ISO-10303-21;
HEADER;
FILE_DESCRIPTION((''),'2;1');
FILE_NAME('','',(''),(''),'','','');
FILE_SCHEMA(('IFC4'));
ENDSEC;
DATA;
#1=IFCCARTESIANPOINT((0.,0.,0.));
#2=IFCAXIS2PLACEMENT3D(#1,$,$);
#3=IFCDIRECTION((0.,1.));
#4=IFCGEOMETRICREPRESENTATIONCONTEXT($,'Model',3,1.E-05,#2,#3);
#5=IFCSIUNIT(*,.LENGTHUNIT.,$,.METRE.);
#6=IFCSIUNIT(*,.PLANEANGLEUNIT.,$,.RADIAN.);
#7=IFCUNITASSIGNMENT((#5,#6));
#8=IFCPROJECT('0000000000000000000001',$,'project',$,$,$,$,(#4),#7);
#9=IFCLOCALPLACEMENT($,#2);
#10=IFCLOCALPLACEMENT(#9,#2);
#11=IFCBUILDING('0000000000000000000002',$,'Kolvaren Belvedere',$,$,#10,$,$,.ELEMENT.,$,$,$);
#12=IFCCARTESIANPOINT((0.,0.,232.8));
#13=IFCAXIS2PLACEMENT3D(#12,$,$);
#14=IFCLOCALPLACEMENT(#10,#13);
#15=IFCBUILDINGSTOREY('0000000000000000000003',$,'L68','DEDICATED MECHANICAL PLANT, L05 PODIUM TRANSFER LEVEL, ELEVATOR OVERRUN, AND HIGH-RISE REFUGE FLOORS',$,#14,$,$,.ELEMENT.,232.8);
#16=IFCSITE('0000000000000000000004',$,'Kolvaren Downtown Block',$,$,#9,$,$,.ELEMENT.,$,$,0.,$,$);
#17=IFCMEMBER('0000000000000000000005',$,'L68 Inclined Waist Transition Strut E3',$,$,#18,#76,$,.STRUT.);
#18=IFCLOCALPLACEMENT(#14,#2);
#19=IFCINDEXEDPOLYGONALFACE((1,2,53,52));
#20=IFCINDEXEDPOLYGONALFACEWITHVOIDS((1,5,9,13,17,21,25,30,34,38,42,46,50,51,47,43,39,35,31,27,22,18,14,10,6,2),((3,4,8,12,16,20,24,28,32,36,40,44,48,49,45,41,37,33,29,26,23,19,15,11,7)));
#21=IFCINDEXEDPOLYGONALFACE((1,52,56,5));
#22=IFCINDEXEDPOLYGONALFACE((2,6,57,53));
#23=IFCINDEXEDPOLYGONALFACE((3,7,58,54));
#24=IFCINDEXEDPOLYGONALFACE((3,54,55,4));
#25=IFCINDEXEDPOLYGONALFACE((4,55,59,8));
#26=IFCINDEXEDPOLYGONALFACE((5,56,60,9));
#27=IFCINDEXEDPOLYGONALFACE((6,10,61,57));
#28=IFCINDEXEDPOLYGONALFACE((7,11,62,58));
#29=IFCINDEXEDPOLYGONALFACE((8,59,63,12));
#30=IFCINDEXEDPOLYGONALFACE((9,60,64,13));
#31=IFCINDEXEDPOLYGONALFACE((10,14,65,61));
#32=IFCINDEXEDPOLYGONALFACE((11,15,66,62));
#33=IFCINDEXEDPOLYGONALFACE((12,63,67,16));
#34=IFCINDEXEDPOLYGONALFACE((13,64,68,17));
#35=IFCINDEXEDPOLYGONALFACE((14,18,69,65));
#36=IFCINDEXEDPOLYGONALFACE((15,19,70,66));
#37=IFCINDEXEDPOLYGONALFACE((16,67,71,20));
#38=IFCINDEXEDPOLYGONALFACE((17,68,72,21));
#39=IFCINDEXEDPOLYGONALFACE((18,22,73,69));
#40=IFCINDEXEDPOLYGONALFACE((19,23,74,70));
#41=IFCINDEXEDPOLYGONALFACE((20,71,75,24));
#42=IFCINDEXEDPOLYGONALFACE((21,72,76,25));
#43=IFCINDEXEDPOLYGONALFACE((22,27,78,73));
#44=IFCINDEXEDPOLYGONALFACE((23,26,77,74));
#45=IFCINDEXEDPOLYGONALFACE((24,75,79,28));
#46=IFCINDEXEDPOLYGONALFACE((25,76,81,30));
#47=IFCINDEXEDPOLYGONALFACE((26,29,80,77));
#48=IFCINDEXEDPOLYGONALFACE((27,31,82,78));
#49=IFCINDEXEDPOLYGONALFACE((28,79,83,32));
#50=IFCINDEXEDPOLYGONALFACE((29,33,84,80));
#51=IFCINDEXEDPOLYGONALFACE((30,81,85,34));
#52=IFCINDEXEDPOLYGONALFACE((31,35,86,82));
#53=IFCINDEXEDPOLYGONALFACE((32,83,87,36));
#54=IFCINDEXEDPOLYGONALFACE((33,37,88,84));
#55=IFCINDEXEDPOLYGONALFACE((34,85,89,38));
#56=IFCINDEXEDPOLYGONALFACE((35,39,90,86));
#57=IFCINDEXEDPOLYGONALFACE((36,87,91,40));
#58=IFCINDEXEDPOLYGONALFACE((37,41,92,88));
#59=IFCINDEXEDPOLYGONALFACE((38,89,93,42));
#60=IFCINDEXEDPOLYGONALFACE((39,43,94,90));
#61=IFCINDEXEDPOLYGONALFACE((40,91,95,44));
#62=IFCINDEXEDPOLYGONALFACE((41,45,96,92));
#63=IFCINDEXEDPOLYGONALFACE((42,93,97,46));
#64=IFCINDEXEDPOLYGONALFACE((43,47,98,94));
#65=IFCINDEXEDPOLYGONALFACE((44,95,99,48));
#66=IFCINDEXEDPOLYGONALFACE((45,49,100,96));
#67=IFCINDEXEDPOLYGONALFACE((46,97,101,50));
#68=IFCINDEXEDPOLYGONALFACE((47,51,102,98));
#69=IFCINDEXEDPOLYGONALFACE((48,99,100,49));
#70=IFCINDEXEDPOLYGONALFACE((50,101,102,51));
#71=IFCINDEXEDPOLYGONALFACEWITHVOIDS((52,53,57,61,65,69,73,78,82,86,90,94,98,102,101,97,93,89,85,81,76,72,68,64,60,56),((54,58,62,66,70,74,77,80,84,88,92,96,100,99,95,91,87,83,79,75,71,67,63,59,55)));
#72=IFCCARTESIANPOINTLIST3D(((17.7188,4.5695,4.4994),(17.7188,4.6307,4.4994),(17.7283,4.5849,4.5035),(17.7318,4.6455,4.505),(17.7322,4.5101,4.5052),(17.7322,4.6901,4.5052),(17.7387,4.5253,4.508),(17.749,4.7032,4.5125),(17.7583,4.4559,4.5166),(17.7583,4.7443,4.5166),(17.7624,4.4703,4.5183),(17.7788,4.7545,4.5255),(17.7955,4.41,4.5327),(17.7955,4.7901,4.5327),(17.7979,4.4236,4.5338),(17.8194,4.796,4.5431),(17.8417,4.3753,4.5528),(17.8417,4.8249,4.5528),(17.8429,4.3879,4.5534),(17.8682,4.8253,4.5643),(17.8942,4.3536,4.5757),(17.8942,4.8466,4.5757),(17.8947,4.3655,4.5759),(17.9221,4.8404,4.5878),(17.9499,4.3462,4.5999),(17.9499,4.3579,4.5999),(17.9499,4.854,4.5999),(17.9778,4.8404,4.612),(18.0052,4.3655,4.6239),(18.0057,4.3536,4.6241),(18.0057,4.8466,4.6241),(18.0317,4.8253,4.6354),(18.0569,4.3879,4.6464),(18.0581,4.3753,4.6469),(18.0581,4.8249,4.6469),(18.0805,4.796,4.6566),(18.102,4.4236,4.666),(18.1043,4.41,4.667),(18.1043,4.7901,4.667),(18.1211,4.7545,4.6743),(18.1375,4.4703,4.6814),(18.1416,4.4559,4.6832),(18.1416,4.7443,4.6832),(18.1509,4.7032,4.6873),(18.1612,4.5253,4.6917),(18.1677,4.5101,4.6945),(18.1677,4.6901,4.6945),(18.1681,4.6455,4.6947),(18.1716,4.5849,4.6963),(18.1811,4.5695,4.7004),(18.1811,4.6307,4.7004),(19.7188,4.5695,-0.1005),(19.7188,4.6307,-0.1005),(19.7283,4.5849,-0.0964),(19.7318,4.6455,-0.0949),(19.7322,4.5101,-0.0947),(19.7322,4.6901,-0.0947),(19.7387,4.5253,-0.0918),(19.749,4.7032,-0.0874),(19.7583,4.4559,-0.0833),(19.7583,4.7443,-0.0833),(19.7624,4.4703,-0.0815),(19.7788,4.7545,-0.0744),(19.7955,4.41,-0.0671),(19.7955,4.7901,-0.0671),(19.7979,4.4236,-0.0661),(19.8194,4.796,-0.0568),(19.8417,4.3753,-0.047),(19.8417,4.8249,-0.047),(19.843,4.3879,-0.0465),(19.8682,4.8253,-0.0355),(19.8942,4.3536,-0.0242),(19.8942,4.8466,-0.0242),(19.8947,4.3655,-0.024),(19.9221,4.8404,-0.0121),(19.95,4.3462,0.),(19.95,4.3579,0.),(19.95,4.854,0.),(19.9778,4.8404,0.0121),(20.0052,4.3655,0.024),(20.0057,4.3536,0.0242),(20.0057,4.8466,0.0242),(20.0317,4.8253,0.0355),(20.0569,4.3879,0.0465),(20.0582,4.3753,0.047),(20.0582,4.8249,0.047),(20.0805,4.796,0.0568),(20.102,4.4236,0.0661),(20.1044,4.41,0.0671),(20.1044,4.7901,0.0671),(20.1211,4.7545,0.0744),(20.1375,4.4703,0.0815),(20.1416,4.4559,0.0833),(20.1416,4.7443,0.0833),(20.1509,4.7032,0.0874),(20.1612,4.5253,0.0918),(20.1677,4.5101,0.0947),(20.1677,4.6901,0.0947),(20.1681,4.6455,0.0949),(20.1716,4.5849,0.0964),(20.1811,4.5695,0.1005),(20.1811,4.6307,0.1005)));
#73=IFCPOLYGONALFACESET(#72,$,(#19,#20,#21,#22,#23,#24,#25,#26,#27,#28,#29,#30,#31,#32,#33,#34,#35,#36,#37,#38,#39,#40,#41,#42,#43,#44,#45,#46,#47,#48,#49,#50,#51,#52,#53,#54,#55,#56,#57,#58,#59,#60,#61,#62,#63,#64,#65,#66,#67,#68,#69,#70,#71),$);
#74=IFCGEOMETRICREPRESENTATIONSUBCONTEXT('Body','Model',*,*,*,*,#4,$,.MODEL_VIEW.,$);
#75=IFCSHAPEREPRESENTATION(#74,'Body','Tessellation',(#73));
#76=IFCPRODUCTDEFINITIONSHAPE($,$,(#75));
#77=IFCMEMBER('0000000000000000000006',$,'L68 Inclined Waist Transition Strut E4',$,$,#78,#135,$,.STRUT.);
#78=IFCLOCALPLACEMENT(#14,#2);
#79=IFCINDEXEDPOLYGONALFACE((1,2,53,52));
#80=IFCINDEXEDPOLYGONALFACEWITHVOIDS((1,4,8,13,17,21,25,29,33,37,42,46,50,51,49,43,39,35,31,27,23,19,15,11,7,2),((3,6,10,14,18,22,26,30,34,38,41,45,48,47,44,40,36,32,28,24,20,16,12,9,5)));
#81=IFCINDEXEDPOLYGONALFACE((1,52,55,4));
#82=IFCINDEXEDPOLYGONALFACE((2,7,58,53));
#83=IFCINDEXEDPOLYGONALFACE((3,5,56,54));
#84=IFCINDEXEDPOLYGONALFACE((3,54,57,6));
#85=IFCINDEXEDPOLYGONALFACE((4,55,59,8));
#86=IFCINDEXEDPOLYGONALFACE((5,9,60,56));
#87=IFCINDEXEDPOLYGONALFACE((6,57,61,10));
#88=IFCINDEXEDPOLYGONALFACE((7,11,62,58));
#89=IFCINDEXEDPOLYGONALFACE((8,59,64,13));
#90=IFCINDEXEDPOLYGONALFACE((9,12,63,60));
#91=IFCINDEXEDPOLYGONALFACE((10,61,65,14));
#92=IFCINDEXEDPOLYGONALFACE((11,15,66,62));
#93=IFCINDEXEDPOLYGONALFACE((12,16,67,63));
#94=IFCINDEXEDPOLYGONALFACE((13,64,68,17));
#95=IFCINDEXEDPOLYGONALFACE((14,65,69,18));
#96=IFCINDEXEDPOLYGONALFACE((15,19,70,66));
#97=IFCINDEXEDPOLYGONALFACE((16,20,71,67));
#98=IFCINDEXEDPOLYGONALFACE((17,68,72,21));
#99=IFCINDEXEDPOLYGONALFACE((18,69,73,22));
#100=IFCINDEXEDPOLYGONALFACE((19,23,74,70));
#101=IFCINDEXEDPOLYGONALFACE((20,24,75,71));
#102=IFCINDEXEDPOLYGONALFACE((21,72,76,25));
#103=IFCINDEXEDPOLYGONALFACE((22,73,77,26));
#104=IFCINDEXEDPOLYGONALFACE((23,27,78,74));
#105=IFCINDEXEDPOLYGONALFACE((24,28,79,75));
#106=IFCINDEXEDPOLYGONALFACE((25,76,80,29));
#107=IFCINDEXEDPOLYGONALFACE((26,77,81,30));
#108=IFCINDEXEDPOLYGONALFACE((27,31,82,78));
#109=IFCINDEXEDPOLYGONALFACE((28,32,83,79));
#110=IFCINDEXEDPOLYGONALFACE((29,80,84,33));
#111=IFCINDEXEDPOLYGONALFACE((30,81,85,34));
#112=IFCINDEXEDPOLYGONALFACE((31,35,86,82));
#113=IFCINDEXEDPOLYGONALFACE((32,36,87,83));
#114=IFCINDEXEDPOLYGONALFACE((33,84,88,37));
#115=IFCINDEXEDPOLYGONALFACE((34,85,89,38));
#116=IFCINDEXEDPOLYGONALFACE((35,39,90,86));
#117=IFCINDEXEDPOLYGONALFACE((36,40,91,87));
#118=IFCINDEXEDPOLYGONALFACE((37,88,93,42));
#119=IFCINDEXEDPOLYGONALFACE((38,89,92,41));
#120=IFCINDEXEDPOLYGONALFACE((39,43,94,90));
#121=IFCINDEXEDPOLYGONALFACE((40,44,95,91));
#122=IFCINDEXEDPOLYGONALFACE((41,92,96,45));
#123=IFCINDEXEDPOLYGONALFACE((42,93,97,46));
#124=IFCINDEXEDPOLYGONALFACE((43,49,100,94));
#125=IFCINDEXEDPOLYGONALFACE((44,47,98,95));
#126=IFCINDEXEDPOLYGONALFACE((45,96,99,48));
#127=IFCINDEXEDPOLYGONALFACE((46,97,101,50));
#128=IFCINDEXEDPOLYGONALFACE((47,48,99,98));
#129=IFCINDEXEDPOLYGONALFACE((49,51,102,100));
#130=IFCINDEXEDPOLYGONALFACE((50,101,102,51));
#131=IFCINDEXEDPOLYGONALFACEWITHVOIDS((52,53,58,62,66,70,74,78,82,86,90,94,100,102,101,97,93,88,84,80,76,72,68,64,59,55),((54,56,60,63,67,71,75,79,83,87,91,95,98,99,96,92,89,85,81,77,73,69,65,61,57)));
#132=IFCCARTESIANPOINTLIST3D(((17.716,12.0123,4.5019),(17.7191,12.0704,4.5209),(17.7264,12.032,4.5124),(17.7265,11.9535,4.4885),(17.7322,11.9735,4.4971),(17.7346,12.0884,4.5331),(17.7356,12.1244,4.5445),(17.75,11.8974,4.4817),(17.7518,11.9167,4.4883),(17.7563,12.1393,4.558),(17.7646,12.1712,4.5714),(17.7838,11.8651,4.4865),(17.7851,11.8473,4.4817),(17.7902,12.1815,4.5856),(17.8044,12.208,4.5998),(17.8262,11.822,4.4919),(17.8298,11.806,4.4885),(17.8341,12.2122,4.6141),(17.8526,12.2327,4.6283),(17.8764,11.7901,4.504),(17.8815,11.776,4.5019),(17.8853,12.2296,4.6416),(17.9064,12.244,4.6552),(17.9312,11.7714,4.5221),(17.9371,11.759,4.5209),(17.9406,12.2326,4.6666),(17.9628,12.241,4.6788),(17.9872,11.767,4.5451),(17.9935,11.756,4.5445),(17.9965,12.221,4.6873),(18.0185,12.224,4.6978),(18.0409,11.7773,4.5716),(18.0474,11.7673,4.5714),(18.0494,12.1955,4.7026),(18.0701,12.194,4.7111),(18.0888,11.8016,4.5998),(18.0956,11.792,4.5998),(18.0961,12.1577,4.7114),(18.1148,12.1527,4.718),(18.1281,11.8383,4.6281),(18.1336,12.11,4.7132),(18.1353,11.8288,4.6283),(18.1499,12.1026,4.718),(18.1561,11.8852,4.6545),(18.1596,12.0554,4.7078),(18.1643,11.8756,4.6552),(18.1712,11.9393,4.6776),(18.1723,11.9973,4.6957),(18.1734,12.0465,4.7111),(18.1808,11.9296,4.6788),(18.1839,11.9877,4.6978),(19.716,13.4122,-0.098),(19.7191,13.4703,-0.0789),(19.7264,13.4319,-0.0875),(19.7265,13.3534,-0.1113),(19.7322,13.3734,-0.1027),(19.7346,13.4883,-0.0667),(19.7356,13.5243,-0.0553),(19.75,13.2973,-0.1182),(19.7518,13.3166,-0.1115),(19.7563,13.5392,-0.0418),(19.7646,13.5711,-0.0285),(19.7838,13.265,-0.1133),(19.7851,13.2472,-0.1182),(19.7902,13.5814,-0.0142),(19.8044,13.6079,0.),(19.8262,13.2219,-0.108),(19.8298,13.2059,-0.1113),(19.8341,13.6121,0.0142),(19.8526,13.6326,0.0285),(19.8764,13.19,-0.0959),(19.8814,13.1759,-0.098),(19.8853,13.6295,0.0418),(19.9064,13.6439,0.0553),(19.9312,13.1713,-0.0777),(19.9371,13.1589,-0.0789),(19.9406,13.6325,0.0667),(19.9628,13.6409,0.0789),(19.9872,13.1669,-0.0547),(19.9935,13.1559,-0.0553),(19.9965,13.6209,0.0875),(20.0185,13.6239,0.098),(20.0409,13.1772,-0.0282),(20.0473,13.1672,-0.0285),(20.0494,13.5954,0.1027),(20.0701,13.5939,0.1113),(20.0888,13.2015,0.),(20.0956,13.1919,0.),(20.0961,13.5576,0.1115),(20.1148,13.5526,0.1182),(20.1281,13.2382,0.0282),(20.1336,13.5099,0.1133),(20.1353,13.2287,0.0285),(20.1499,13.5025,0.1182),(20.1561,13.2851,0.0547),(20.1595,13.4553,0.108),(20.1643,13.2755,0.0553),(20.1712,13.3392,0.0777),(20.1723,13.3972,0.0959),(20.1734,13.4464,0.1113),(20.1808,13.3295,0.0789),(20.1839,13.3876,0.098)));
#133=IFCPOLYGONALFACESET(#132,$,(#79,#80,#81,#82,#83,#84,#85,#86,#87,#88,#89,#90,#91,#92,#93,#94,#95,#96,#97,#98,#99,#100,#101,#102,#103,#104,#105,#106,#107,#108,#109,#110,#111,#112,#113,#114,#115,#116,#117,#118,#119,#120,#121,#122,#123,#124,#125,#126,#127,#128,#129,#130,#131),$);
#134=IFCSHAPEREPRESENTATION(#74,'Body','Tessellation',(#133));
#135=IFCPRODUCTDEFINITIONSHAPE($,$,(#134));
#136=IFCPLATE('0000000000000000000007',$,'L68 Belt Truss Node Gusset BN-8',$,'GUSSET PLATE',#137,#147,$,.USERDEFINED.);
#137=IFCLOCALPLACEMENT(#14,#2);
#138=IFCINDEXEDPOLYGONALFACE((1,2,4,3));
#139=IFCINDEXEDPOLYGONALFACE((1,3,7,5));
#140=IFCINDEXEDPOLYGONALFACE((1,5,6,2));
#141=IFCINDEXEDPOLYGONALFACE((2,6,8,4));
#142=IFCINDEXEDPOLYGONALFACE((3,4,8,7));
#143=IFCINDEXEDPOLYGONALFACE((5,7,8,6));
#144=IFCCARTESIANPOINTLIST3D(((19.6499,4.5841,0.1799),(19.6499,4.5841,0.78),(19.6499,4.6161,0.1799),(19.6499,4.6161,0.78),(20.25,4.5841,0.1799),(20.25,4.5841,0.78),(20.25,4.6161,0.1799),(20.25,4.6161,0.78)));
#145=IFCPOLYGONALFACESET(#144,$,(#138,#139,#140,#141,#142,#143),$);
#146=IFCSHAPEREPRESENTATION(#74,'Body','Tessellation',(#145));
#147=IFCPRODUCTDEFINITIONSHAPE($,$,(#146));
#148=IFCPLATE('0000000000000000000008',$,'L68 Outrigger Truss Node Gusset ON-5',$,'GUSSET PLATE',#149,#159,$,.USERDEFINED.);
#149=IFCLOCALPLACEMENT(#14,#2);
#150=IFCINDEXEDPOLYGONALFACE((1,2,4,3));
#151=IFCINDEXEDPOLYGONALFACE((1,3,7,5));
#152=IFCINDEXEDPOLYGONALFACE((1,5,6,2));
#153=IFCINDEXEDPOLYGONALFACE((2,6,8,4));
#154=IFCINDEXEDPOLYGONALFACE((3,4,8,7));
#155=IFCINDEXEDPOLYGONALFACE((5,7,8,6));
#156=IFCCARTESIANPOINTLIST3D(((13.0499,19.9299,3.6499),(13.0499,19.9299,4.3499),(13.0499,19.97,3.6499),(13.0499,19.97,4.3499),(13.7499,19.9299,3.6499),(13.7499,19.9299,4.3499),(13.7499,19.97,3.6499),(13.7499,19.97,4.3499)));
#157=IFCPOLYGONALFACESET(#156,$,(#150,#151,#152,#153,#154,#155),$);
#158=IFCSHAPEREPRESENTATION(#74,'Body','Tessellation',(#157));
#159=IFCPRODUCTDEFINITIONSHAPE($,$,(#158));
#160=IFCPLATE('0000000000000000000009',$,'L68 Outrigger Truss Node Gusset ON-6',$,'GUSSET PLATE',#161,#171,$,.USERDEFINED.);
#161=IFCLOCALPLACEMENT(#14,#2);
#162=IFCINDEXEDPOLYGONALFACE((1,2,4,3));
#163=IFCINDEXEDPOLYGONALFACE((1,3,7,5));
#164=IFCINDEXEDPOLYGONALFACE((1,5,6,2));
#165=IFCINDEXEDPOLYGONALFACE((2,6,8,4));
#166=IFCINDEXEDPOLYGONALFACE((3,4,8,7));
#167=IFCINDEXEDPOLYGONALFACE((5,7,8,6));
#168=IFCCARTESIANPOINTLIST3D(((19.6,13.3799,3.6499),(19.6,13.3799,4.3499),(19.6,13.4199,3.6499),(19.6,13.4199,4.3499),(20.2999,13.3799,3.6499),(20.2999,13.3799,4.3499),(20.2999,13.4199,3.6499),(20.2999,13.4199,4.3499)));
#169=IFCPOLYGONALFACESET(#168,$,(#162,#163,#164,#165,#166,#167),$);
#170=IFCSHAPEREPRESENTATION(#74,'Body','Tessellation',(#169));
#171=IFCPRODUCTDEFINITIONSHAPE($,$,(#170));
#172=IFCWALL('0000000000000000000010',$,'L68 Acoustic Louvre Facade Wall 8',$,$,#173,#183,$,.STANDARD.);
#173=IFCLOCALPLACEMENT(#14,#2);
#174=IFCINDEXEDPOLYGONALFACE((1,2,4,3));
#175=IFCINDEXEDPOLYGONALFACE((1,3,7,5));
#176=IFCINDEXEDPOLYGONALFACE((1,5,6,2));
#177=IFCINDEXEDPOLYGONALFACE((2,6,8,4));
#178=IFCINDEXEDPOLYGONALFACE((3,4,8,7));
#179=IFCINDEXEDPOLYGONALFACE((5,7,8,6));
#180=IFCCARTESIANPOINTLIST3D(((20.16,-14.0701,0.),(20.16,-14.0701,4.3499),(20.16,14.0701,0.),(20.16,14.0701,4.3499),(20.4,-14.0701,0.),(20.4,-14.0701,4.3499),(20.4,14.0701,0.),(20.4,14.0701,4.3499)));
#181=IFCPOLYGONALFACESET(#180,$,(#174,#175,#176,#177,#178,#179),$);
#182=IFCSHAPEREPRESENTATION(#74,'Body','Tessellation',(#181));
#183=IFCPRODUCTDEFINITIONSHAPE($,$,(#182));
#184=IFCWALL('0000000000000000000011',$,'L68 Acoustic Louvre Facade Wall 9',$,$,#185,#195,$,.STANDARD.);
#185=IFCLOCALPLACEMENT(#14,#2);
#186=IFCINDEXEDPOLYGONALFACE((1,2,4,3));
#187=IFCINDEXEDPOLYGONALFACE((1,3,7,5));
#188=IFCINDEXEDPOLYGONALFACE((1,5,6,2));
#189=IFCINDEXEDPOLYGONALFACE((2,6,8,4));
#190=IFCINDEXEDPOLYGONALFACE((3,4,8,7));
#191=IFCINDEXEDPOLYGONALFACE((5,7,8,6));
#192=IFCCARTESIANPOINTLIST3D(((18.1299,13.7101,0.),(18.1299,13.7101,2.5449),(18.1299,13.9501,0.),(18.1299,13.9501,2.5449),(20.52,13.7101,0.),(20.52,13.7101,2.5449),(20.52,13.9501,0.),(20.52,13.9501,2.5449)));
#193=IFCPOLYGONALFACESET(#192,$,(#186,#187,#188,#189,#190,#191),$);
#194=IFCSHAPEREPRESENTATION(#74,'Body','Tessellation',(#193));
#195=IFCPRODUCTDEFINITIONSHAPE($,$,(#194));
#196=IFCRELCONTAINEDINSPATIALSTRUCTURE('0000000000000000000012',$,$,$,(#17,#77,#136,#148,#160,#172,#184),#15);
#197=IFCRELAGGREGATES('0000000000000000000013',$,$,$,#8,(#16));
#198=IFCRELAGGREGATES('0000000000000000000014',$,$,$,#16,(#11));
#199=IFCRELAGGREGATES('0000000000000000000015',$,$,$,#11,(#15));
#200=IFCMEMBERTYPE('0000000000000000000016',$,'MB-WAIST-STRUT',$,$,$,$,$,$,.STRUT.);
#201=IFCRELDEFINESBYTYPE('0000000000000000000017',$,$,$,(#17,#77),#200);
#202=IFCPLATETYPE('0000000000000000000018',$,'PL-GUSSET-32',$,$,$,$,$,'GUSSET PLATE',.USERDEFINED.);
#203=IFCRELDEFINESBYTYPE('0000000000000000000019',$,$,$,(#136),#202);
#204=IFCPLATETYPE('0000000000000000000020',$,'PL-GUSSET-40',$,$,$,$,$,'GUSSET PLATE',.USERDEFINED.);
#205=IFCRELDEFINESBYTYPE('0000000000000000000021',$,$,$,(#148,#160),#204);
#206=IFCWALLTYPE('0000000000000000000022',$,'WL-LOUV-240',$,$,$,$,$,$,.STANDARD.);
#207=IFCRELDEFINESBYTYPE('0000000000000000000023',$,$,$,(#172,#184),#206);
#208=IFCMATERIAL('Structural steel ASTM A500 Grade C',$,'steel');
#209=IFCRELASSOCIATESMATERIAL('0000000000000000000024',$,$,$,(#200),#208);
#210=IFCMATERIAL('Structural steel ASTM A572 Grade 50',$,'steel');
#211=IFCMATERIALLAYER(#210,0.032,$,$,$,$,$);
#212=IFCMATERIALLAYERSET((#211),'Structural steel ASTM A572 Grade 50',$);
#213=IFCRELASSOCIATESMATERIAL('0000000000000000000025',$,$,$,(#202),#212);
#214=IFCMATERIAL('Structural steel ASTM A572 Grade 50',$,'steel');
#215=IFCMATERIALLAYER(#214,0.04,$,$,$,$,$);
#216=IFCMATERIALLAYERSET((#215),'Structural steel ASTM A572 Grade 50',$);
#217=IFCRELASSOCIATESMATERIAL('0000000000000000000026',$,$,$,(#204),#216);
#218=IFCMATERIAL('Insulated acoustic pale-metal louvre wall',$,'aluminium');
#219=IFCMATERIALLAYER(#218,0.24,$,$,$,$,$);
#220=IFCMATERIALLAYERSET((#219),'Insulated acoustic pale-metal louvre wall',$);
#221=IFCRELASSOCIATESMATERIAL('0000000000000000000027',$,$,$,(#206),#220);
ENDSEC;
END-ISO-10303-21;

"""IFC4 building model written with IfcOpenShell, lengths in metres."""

from ifc_helpers import new_model, si_unit, direction, frame, frame_2d, origin, origin_2d, place, context, subcontext, project, spatial, rectangle, hollow_circle, extrude, material, layer, layer_set, material_profile, profile_set, type_object, element, save


model = new_model("IFC4")

# Units and contexts
model_context = context("Model", 3, precision=1e-05, world=origin(), true_north=direction((0.0, 1.0)))
body_context = subcontext(model_context, "Body", "Model", "MODEL_VIEW")
ifc_project = project(units=[si_unit("LENGTHUNIT", "METRE"), si_unit("PLANEANGLEUNIT", "RADIAN")], contexts=[model_context])

# Site, building, storey
site_placement = place(None, origin())
site = spatial("IfcSite", under=ifc_project, at=site_placement, Name="Kolvaren Downtown Block", CompositionType="ELEMENT", RefElevation=0.0)
building_placement = place(site_placement, origin())
building = spatial("IfcBuilding", under=site, at=building_placement, Name="Kolvaren Belvedere", CompositionType="ELEMENT")
storey_placement = place(building_placement, frame((0.0, 0.0, 232.8)))
storey = spatial("IfcBuildingStorey", under=building, at=storey_placement, Name="L68", Description="DEDICATED MECHANICAL PLANT, L05 PODIUM TRANSFER LEVEL, ELEVATOR OVERRUN, AND HIGH-RISE REFUGE FLOORS", CompositionType="ELEMENT", Elevation=232.8)

# Members
ifc_material_1 = material(Name="Structural steel ASTM A500 Grade C", Category="steel")
ifc_material_profile_1 = material_profile(ifc_material_1, hollow_circle(Radius=0.2539, WallThickness=0.0117, at=origin_2d()), Name="HSS20.000X0.500")
ifc_profile_set_1 = profile_set([ifc_material_profile_1], Name="Structural steel ASTM A500 Grade C")
member_type_1 = type_object("IfcMemberType", Name="MB-WAIST-STRUT", PredefinedType="STRUT", material=ifc_profile_set_1)
member_1_placement = place(storey_placement, frame((19.95, 4.6001, 0.0), z_axis=(-0.398737, 0.0, 0.917065), x_axis=(0.0, -1.0, 0.0)))
element("IfcMember", 1, at=member_1_placement, inside=storey, type_object=member_type_1, Name="L68 Inclined Waist Transition Strut E3", PredefinedType="STRUT", context=body_context, shape_type="SweptSolid", body=[
    extrude(hollow_circle(Radius=0.2539, WallThickness=0.0117, at=origin_2d()), origin(), (0.0, 0.0, 1.0), 5.0159),
])
member_2_placement = place(storey_placement, frame((19.95, 13.3999, 0.0), z_axis=(-0.384059, -0.268823, 0.883308), x_axis=(0.573435, -0.819251, 0.0)))
element("IfcMember", 2, at=member_2_placement, inside=storey, type_object=member_type_1, Name="L68 Inclined Waist Transition Strut E4", PredefinedType="STRUT", context=body_context, shape_type="SweptSolid", body=[
    extrude(hollow_circle(Radius=0.2539, WallThickness=0.0117, at=origin_2d()), origin(), (0.0, 0.0, 1.0), 5.2075),
])

# Plates
ifc_material_2 = material(Name="Structural steel ASTM A572 Grade 50", Category="steel")
ifc_layer_1 = layer(ifc_material_2, 0.032)
ifc_layer_set_1 = layer_set([ifc_layer_1], Name="Structural steel ASTM A572 Grade 50")
plate_type_1 = type_object("IfcPlateType", Name="PL-GUSSET-32", ElementType="GUSSET PLATE", PredefinedType="USERDEFINED", material=ifc_layer_set_1)
plate_placement = place(storey_placement, frame((19.95, 4.6001, 0.1799), z_axis=(0.0, 0.0, 1.0), x_axis=(1.0, 0.0, 0.0)))
element("IfcPlate", 3, at=plate_placement, inside=storey, type_object=plate_type_1, Name="L68 Belt Truss Node Gusset BN-8", ObjectType="GUSSET PLATE", PredefinedType="USERDEFINED", context=body_context, shape_type="SweptSolid", body=[
    extrude(rectangle(XDim=0.6001, YDim=0.032, at=origin_2d()), origin(), (0.0, 0.0, 1.0), 0.6001),
])
ifc_material_3 = material(Name="Structural steel ASTM A572 Grade 50", Category="steel")
ifc_layer_2 = layer(ifc_material_3, 0.04)
ifc_layer_set_2 = layer_set([ifc_layer_2], Name="Structural steel ASTM A572 Grade 50")
plate_type_2 = type_object("IfcPlateType", Name="PL-GUSSET-40", ElementType="GUSSET PLATE", PredefinedType="USERDEFINED", material=ifc_layer_set_2)
for number, where, z_axis, x_axis, name in (
    (4, (13.3999, 19.95, 3.6499), (0.0, 0.0, 1.0), (1.0, 0.0, 0.0), "L68 Outrigger Truss Node Gusset ON-5"),
    (5, (19.95, 13.3999, 3.6499), (0.0, 0.0, 1.0), (1.0, 0.0, 0.0), "L68 Outrigger Truss Node Gusset ON-6"),
):
    element("IfcPlate", number, at=place(storey_placement, frame(where, z_axis=z_axis, x_axis=x_axis)), inside=storey, type_object=plate_type_2, Name=name, ObjectType="GUSSET PLATE", PredefinedType="USERDEFINED", context=body_context, shape_type="SweptSolid", body=[
        extrude(rectangle(XDim=0.7, YDim=0.04, at=origin_2d()), origin(), (0.0, 0.0, 1.0), 0.7),
    ])

# Walls
ifc_material_4 = material(Name="Insulated acoustic pale-metal louvre wall", Category="aluminium")
ifc_layer_3 = layer(ifc_material_4, 0.24)
ifc_layer_set_3 = layer_set([ifc_layer_3], Name="Insulated acoustic pale-metal louvre wall")
wall_type_1 = type_object("IfcWallType", Name="WL-LOUV-240", PredefinedType="STANDARD", material=ifc_layer_set_3)
wall_1_placement = place(storey_placement, frame((20.28, 14.0701, 0.0), z_axis=(0.0, 0.0, 1.0), x_axis=(0.0, -1.0, 0.0)))
element("IfcWall", 6, at=wall_1_placement, inside=storey, type_object=wall_type_1, Name="L68 Acoustic Louvre Facade Wall 8", PredefinedType="STANDARD", context=body_context, shape_type="SweptSolid", body=[
    extrude(rectangle(XDim=28.1401, YDim=0.24, at=frame_2d((14.0701, 0.0))), origin(), (0.0, 0.0, 1.0), 4.3499),
])
wall_2_placement = place(storey_placement, frame((18.1299, 13.8301, 0.0), z_axis=(0.0, 0.0, 1.0), x_axis=(1.0, 0.0, 0.0)))
element("IfcWall", 7, at=wall_2_placement, inside=storey, type_object=wall_type_1, Name="L68 Acoustic Louvre Facade Wall 9", PredefinedType="STANDARD", context=body_context, shape_type="SweptSolid", body=[
    extrude(rectangle(XDim=2.3901, YDim=0.24, at=frame_2d((1.1951, 0.0))), origin(), (0.0, 0.0, 1.0), 2.5449),
])

save(model, "model.ifc")
